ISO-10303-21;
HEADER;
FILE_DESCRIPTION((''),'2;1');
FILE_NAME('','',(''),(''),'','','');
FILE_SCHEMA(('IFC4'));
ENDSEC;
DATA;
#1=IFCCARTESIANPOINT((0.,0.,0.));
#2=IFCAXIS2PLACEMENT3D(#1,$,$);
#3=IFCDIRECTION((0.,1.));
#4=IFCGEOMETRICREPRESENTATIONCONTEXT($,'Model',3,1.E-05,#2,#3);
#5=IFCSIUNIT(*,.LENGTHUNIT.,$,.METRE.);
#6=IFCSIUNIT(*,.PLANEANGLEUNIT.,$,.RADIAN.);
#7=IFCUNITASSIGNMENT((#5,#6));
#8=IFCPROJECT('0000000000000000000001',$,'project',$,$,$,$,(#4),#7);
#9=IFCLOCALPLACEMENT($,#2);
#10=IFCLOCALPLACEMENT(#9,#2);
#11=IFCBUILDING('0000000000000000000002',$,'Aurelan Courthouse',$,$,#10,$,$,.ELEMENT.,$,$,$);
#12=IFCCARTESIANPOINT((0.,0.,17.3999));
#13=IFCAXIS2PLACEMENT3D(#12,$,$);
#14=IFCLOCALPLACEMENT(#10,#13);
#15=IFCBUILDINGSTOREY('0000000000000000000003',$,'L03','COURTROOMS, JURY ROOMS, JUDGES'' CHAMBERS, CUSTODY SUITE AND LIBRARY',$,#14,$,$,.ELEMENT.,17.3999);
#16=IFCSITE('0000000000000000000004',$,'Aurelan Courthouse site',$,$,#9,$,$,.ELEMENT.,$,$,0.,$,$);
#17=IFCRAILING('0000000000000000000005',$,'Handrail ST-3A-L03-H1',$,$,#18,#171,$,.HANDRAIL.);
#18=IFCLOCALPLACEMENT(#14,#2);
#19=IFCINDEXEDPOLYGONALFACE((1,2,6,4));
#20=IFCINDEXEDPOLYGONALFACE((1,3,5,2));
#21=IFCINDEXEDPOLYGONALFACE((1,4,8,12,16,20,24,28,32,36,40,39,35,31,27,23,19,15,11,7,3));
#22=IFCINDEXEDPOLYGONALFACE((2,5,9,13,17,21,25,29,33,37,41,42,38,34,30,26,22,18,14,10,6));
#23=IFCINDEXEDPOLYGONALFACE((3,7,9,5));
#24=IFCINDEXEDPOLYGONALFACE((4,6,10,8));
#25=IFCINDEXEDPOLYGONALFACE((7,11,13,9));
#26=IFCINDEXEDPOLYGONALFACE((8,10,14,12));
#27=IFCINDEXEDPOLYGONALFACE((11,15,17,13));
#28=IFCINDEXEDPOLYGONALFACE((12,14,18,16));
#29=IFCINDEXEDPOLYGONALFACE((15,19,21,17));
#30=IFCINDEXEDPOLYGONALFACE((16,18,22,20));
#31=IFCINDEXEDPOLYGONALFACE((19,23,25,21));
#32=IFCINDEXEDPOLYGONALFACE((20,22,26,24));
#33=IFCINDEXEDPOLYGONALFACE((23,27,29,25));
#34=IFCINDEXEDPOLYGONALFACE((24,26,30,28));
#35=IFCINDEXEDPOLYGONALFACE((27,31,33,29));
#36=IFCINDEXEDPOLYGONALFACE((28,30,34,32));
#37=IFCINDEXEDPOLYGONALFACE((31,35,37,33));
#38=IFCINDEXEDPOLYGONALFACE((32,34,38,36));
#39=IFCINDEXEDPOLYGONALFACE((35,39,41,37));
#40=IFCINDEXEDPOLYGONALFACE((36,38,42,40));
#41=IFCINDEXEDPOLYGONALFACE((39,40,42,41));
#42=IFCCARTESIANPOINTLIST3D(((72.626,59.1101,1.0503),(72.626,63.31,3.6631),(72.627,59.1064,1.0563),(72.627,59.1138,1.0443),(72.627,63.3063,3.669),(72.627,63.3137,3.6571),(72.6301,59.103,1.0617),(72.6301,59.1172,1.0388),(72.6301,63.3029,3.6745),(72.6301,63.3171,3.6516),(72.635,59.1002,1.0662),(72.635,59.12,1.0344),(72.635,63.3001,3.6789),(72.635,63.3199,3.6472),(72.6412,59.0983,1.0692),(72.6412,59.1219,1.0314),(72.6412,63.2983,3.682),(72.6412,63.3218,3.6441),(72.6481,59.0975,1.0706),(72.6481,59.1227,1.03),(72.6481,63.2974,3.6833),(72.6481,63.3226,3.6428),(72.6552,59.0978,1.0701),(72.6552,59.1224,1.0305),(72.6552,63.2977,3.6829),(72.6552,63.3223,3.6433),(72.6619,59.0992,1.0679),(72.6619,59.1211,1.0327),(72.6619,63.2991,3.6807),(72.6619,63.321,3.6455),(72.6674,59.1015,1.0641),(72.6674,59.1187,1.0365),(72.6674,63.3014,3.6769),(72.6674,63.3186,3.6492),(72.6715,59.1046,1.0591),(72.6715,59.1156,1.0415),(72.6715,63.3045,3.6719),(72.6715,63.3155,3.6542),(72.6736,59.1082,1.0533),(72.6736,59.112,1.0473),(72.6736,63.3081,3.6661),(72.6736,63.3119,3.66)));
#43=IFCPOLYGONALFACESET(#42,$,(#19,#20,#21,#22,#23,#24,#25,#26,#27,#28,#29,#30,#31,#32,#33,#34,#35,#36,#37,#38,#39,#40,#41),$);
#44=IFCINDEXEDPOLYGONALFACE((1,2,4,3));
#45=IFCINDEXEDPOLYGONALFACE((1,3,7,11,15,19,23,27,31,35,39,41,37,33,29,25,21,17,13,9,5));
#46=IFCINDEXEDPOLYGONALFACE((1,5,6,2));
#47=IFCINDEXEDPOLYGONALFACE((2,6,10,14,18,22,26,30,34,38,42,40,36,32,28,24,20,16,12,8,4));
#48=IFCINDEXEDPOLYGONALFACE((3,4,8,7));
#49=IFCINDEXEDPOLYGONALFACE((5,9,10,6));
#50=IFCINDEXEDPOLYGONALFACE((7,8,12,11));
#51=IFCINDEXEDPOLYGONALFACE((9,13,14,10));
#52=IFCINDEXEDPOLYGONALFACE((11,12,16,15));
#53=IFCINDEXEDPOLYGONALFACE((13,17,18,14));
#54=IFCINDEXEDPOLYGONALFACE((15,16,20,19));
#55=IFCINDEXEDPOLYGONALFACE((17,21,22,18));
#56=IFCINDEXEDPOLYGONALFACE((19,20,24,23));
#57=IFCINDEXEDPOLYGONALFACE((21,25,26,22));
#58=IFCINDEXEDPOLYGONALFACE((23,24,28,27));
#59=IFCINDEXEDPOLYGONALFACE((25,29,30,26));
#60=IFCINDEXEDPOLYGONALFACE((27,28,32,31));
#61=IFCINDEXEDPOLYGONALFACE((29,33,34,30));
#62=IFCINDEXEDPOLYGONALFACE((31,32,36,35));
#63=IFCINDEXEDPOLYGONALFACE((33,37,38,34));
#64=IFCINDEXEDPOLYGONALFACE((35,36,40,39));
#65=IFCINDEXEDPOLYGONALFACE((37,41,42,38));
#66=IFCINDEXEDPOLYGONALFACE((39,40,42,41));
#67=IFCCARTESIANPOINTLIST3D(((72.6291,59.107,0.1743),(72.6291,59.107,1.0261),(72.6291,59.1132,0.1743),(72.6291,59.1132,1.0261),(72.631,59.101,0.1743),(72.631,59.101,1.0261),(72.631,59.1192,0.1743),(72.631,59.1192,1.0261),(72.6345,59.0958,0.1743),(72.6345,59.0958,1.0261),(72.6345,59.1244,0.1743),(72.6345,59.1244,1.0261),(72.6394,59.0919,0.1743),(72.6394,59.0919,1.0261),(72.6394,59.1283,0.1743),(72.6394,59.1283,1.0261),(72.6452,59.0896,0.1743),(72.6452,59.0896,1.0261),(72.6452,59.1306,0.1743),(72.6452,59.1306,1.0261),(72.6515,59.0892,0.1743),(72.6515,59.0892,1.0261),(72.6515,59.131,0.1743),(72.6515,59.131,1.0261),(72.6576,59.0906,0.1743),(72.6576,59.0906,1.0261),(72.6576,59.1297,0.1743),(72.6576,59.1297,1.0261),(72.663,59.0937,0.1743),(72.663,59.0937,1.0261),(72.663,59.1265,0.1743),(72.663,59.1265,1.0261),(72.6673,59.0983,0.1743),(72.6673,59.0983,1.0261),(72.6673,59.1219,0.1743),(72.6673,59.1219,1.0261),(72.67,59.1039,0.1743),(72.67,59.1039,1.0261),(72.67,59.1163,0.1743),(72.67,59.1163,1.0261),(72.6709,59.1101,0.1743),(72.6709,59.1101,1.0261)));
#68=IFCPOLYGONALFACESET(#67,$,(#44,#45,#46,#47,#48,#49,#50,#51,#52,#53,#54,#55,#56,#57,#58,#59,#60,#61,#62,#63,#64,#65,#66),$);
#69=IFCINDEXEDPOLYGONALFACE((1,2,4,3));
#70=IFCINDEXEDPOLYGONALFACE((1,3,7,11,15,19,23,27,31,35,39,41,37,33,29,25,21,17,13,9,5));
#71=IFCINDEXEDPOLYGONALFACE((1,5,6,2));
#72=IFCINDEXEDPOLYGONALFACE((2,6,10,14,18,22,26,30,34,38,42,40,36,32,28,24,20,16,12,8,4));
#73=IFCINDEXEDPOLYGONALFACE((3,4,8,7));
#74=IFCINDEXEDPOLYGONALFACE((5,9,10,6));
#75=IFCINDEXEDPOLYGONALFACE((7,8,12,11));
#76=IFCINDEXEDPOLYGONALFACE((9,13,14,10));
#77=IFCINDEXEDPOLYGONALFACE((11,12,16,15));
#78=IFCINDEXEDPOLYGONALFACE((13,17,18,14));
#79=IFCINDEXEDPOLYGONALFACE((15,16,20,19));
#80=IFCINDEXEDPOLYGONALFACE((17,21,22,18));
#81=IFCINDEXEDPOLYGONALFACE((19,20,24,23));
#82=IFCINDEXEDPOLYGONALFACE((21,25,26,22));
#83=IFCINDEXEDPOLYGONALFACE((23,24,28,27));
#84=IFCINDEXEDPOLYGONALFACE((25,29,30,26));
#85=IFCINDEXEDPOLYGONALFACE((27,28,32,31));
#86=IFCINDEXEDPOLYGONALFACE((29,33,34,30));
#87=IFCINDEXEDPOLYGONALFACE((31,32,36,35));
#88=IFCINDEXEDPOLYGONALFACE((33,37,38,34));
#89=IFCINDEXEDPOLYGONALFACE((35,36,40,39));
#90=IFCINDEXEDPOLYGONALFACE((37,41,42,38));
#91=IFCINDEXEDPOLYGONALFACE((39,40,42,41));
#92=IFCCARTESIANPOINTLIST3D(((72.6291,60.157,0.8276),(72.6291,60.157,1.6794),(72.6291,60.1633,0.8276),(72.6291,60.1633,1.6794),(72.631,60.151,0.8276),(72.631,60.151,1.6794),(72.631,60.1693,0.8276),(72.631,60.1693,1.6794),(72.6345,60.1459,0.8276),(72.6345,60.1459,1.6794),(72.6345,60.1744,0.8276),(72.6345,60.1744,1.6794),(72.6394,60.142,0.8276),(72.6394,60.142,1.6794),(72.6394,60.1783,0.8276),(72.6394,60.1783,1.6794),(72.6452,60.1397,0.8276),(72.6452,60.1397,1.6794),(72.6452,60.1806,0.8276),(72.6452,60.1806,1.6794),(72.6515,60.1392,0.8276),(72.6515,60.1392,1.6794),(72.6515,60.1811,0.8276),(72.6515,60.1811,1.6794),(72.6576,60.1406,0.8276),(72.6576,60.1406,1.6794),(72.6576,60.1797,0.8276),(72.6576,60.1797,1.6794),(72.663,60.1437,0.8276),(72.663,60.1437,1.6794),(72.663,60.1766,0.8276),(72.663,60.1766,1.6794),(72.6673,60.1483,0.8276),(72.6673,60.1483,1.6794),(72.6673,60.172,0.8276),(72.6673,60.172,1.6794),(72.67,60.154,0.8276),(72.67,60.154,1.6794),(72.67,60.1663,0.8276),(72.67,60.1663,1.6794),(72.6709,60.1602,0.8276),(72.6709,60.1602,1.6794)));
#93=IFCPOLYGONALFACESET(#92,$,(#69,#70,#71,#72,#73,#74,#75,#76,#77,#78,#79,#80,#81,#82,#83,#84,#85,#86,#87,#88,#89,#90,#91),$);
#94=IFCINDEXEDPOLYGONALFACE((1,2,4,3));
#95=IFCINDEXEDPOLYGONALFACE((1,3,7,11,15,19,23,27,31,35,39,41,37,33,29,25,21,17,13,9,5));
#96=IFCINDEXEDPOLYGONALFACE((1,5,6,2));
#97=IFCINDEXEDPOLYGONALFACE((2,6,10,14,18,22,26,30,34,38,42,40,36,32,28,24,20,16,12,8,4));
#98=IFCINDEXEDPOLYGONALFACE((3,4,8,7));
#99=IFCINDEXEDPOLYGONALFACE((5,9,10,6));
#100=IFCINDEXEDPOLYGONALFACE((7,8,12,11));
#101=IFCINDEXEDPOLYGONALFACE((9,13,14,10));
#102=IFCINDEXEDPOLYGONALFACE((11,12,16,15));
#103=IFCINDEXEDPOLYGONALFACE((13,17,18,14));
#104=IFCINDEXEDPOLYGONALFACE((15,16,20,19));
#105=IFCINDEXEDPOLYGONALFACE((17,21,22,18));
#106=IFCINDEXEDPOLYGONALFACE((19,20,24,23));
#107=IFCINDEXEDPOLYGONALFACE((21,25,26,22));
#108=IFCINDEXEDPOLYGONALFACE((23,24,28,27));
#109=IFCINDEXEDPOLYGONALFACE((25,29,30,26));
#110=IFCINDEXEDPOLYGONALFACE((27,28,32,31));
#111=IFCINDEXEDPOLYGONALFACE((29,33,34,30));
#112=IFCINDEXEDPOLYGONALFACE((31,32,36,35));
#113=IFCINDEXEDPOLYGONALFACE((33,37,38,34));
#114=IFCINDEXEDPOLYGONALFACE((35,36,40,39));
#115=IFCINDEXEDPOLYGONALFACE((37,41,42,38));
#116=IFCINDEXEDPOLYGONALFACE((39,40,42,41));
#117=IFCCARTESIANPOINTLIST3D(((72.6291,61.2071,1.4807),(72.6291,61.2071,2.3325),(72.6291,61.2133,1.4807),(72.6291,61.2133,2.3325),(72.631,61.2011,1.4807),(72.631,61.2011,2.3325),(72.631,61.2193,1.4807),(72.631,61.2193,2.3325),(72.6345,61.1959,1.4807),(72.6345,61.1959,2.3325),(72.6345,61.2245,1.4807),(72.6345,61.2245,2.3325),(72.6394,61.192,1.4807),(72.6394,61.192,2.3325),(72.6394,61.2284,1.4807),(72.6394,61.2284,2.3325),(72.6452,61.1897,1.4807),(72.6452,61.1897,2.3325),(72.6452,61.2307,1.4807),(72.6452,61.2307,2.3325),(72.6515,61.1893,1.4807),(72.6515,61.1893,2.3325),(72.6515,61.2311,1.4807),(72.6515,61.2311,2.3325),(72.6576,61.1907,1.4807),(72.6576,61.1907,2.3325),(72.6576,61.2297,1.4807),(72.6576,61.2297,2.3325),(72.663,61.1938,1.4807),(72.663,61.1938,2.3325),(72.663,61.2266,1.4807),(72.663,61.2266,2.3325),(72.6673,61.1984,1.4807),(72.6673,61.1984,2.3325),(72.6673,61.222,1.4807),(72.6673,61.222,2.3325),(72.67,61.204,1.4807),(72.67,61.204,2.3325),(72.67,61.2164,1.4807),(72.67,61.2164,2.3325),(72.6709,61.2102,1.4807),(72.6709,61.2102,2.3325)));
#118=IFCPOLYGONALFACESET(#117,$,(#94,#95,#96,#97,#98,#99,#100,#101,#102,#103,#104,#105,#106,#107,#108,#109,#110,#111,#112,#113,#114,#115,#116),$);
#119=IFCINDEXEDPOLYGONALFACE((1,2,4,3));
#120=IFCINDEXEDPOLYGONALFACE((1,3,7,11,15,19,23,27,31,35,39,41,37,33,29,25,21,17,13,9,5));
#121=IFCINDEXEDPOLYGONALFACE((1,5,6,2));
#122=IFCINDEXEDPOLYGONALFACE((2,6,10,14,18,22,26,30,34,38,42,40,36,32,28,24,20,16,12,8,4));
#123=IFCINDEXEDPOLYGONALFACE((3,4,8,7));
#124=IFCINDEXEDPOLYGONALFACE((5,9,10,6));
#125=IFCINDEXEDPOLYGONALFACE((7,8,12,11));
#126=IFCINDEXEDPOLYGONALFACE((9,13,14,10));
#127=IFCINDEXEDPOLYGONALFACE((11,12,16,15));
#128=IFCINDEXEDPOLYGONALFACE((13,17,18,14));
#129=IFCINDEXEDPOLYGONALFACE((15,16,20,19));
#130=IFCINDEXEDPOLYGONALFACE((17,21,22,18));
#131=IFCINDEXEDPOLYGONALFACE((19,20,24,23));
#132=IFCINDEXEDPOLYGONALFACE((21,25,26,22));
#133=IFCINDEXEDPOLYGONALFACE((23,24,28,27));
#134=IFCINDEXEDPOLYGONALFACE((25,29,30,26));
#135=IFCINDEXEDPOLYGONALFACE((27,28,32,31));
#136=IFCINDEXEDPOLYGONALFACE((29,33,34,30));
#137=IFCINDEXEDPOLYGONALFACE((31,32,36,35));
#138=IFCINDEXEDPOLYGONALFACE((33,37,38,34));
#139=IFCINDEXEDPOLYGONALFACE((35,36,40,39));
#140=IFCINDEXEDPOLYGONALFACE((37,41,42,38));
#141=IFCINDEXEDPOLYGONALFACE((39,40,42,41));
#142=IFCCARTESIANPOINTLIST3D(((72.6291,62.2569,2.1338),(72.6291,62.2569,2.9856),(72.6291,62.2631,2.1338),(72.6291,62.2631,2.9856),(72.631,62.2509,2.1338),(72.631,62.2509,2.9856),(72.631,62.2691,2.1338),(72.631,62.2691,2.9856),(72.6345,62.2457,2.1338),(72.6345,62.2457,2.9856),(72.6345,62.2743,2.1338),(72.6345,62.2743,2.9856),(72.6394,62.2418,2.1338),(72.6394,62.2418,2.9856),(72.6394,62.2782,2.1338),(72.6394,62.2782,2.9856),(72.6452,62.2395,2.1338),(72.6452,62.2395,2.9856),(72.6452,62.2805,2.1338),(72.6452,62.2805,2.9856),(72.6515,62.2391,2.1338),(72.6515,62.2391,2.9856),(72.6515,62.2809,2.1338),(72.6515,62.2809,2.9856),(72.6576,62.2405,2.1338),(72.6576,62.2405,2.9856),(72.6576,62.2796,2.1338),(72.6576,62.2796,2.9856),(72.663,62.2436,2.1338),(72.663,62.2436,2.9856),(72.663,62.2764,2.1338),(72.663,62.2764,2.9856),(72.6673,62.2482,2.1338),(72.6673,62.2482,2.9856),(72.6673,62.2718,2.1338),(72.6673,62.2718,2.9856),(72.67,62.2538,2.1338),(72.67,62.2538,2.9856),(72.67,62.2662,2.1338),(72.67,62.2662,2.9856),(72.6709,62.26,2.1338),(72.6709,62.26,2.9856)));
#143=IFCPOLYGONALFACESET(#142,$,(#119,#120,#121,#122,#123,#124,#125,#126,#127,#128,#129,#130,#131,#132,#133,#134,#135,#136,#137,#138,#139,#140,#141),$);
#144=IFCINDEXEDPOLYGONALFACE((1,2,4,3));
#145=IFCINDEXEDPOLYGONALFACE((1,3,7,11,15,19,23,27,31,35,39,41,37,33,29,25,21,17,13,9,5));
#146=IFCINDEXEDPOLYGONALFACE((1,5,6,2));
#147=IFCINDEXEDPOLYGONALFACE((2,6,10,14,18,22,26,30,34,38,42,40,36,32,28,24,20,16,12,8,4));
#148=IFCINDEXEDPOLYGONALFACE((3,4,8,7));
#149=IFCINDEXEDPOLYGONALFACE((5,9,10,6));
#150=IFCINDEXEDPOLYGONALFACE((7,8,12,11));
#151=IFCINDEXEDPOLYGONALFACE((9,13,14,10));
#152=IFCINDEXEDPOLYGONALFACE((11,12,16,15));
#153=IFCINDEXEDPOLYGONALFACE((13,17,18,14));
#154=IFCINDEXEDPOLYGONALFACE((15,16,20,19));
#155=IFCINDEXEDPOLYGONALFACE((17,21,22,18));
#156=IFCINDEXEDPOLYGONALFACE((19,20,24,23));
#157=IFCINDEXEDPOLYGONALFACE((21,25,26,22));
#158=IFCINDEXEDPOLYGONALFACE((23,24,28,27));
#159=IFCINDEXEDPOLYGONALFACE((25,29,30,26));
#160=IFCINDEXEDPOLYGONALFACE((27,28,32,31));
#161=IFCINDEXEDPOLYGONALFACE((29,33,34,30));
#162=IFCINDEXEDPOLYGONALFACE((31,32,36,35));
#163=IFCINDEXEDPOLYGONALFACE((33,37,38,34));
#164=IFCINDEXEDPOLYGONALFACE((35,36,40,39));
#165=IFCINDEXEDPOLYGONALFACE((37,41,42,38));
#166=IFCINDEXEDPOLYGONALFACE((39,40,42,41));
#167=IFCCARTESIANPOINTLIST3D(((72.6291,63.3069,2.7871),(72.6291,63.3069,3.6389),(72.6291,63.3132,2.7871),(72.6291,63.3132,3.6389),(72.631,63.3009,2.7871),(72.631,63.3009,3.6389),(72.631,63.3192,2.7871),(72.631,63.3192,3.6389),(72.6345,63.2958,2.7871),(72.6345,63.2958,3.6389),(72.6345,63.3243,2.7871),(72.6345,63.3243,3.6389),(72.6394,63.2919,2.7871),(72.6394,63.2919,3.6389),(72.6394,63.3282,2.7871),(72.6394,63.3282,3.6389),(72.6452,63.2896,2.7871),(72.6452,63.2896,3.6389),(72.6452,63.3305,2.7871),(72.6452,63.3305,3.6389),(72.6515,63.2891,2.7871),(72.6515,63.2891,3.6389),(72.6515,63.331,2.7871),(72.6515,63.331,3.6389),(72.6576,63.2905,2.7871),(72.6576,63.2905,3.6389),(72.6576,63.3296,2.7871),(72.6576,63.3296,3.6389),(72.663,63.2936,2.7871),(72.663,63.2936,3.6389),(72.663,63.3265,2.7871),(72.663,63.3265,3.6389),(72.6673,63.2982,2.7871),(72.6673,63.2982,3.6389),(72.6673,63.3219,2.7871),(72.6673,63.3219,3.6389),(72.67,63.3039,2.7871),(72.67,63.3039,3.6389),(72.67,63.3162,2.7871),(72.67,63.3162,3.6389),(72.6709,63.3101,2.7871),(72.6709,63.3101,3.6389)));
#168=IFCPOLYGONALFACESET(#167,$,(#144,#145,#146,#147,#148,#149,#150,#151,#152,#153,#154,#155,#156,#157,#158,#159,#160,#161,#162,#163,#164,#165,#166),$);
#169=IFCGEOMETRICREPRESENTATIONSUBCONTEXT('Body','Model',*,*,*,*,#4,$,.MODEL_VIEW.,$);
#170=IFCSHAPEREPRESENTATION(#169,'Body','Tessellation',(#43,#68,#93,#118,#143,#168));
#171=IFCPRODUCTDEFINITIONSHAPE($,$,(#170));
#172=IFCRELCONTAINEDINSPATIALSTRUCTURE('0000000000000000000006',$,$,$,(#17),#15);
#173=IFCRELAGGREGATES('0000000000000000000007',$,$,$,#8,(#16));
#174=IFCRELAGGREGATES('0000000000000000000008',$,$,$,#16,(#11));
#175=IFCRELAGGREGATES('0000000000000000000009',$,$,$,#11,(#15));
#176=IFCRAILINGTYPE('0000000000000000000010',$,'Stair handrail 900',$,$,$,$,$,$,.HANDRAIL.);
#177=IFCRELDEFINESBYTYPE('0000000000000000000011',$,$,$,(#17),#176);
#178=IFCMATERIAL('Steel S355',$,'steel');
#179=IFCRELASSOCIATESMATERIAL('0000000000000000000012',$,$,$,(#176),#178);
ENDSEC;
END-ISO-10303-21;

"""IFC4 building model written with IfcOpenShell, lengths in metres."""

from ifc_helpers import new_model, si_unit, direction, frame, origin, origin_2d, place, context, subcontext, project, spatial, circle, extrude, material, type_object, element, save


model = new_model("IFC4")

# Units and contexts
model_context = context("Model", 3, precision=1e-05, world=origin(), true_north=direction((0.0, 1.0)))
body_context = subcontext(model_context, "Body", "Model", "MODEL_VIEW")
ifc_project = project(units=[si_unit("LENGTHUNIT", "METRE"), si_unit("PLANEANGLEUNIT", "RADIAN")], contexts=[model_context])

# Site, building, storey
site_placement = place(None, origin())
site = spatial("IfcSite", under=ifc_project, at=site_placement, Name="Aurelan Courthouse site", CompositionType="ELEMENT", RefElevation=0.0)
building_placement = place(site_placement, origin())
building = spatial("IfcBuilding", under=site, at=building_placement, Name="Aurelan Courthouse", CompositionType="ELEMENT")
storey_placement = place(building_placement, frame((0.0, 0.0, 17.3999)))
storey = spatial("IfcBuildingStorey", under=building, at=storey_placement, Name="L03", Description="COURTROOMS, JURY ROOMS, JUDGES' CHAMBERS, CUSTODY SUITE AND LIBRARY", CompositionType="ELEMENT", Elevation=17.3999)

# Railing
ifc_material_1 = material(Name="Steel S355", Category="steel")
railing_type_1 = type_object("IfcRailingType", Name="Stair handrail 900", PredefinedType="HANDRAIL", material=ifc_material_1)
for number, where, name in (
    (1, (72.6499, 59.1101, 0.1743), "Handrail ST-3A-L03-H1"),
):
    element("IfcRailing", number, at=place(storey_placement, frame(where)), inside=storey, type_object=railing_type_1, Name=name, PredefinedType="HANDRAIL", context=body_context, shape_type="SweptSolid", body=[
        extrude(circle(Radius=0.0239, at=origin_2d()), frame((0.0, 0.0, 0.876), z_axis=(0.0, 0.849103, 0.528228), x_axis=(-1.0, 0.0, 0.0)), (0.0, 0.0, 1.0), 4.9463),
        extrude(circle(Radius=0.021, at=origin_2d()), origin(), (0.0, 0.0, 1.0), 0.8518),
        extrude(circle(Radius=0.021, at=origin_2d()), frame((0.0, 1.05, 0.6533)), (0.0, 0.0, 1.0), 0.8518),
        extrude(circle(Radius=0.021, at=origin_2d()), frame((0.0, 2.1001, 1.3064)), (0.0, 0.0, 1.0), 0.8518),
        extrude(circle(Radius=0.021, at=origin_2d()), frame((0.0, 3.1499, 1.9595)), (0.0, 0.0, 1.0), 0.8518),
        extrude(circle(Radius=0.021, at=origin_2d()), frame((0.0, 4.2, 2.6128)), (0.0, 0.0, 1.0), 0.8518),
    ])

save(model, "model.ifc")
